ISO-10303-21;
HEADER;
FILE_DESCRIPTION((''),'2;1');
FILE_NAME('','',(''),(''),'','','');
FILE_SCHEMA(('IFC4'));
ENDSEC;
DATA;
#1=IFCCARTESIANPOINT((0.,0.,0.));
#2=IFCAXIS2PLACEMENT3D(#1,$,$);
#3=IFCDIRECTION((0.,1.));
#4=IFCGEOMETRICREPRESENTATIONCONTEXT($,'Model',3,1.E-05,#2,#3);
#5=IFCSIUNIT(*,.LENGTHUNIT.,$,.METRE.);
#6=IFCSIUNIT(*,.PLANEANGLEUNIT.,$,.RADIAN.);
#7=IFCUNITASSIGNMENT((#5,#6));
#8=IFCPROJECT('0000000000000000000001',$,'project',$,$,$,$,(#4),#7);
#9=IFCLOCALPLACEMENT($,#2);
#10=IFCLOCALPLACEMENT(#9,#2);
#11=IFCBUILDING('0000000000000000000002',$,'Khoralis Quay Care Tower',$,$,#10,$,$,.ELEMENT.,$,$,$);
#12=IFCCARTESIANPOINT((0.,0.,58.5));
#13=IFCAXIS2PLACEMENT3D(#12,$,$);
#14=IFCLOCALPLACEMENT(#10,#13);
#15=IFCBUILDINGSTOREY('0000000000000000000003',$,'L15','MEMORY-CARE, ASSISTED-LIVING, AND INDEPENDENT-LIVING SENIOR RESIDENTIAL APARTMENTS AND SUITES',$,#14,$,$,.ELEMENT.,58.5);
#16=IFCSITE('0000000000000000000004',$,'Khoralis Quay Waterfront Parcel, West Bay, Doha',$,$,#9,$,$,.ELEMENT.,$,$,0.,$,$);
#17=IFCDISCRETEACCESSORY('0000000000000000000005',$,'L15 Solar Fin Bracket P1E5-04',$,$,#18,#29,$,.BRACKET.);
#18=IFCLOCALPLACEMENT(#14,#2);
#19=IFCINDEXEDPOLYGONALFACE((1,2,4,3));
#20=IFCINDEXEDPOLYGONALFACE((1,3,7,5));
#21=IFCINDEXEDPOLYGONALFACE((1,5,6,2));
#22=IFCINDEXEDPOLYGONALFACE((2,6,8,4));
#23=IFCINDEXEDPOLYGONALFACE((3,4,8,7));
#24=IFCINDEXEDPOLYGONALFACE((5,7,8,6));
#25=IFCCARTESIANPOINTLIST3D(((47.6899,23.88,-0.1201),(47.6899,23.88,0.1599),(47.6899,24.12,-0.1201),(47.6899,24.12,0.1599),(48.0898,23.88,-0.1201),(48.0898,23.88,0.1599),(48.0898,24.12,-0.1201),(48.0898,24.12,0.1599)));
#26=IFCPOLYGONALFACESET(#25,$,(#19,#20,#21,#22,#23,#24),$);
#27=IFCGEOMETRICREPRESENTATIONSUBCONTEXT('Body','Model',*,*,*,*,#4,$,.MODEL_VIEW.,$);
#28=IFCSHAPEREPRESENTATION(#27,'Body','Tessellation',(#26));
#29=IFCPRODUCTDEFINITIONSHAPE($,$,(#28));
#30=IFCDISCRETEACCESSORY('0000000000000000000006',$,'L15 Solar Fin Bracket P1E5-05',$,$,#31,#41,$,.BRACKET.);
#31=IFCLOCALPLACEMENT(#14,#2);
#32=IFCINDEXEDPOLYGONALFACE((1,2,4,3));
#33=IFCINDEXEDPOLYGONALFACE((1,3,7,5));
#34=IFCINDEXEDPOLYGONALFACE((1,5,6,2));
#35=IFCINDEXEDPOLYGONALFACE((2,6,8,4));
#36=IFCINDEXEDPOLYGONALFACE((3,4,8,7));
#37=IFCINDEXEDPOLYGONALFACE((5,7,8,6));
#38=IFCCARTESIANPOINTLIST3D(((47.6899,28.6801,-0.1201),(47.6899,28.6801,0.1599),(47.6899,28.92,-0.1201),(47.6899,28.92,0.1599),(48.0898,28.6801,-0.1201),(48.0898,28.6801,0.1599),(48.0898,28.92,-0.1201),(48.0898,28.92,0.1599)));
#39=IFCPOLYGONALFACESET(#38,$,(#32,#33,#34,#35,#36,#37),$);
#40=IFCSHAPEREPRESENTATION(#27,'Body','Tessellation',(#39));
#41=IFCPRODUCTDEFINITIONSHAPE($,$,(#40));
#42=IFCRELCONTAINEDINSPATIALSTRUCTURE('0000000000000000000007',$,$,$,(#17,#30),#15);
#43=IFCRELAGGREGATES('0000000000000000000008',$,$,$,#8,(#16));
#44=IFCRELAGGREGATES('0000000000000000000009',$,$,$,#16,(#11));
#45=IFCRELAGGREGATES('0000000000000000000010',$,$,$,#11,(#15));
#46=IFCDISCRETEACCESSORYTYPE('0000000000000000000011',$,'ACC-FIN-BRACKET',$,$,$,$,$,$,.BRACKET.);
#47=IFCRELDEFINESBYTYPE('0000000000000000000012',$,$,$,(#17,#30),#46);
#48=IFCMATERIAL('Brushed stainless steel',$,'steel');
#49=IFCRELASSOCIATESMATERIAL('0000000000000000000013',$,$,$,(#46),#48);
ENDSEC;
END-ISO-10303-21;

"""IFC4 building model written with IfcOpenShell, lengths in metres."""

from ifc_helpers import new_model, si_unit, direction, frame, origin, origin_2d, place, context, subcontext, project, spatial, rectangle, extrude, source, transform, mapped, material, type_object, element, save


model = new_model("IFC4")

# Units and contexts
model_context = context("Model", 3, precision=1e-05, world=origin(), true_north=direction((0.0, 1.0)))
body_context = subcontext(model_context, "Body", "Model", "MODEL_VIEW")
ifc_project = project(units=[si_unit("LENGTHUNIT", "METRE"), si_unit("PLANEANGLEUNIT", "RADIAN")], contexts=[model_context])

# Site, building, storey
site_placement = place(None, origin())
site = spatial("IfcSite", under=ifc_project, at=site_placement, Name="Khoralis Quay Waterfront Parcel, West Bay, Doha", CompositionType="ELEMENT", RefElevation=0.0)
building_placement = place(site_placement, origin())
building = spatial("IfcBuilding", under=site, at=building_placement, Name="Khoralis Quay Care Tower", CompositionType="ELEMENT")
storey_placement = place(building_placement, frame((0.0, 0.0, 58.5)))
storey = spatial("IfcBuildingStorey", under=building, at=storey_placement, Name="L15", Description="MEMORY-CARE, ASSISTED-LIVING, AND INDEPENDENT-LIVING SENIOR RESIDENTIAL APARTMENTS AND SUITES", CompositionType="ELEMENT", Elevation=58.5)

# Discrete accessories
ifc_material_1 = material(Name="Brushed stainless steel", Category="steel")
discrete_accessory_type = type_object("IfcDiscreteAccessoryType", Name="ACC-FIN-BRACKET", PredefinedType="BRACKET", material=ifc_material_1)
shared_shape_1 = source(origin(), body_context, "Body", "SweptSolid", [
    extrude(rectangle(XDim=0.3999, YDim=0.24, at=origin_2d()), origin(), (0.0, 0.0, 1.0), 0.28),
])
for number, where, z_axis, x_axis, name in (
    (1, (47.8899, 24.0, -0.1201), (0.0, 0.0, 1.0), (1.0, 0.0, 0.0), "L15 Solar Fin Bracket P1E5-04"),
    (2, (47.8899, 28.8, -0.1201), (0.0, 0.0, 1.0), (1.0, 0.0, 0.0), "L15 Solar Fin Bracket P1E5-05"),
):
    element("IfcDiscreteAccessory", number, at=place(storey_placement, frame(where, z_axis=z_axis, x_axis=x_axis)), inside=storey, type_object=discrete_accessory_type, Name=name, PredefinedType="BRACKET", context=body_context, shape_type="MappedRepresentation", body=[
        mapped(shared_shape_1, transform((0.0, 0.0, 0.0), scale=1.0)),
    ])

save(model, "model.ifc")
